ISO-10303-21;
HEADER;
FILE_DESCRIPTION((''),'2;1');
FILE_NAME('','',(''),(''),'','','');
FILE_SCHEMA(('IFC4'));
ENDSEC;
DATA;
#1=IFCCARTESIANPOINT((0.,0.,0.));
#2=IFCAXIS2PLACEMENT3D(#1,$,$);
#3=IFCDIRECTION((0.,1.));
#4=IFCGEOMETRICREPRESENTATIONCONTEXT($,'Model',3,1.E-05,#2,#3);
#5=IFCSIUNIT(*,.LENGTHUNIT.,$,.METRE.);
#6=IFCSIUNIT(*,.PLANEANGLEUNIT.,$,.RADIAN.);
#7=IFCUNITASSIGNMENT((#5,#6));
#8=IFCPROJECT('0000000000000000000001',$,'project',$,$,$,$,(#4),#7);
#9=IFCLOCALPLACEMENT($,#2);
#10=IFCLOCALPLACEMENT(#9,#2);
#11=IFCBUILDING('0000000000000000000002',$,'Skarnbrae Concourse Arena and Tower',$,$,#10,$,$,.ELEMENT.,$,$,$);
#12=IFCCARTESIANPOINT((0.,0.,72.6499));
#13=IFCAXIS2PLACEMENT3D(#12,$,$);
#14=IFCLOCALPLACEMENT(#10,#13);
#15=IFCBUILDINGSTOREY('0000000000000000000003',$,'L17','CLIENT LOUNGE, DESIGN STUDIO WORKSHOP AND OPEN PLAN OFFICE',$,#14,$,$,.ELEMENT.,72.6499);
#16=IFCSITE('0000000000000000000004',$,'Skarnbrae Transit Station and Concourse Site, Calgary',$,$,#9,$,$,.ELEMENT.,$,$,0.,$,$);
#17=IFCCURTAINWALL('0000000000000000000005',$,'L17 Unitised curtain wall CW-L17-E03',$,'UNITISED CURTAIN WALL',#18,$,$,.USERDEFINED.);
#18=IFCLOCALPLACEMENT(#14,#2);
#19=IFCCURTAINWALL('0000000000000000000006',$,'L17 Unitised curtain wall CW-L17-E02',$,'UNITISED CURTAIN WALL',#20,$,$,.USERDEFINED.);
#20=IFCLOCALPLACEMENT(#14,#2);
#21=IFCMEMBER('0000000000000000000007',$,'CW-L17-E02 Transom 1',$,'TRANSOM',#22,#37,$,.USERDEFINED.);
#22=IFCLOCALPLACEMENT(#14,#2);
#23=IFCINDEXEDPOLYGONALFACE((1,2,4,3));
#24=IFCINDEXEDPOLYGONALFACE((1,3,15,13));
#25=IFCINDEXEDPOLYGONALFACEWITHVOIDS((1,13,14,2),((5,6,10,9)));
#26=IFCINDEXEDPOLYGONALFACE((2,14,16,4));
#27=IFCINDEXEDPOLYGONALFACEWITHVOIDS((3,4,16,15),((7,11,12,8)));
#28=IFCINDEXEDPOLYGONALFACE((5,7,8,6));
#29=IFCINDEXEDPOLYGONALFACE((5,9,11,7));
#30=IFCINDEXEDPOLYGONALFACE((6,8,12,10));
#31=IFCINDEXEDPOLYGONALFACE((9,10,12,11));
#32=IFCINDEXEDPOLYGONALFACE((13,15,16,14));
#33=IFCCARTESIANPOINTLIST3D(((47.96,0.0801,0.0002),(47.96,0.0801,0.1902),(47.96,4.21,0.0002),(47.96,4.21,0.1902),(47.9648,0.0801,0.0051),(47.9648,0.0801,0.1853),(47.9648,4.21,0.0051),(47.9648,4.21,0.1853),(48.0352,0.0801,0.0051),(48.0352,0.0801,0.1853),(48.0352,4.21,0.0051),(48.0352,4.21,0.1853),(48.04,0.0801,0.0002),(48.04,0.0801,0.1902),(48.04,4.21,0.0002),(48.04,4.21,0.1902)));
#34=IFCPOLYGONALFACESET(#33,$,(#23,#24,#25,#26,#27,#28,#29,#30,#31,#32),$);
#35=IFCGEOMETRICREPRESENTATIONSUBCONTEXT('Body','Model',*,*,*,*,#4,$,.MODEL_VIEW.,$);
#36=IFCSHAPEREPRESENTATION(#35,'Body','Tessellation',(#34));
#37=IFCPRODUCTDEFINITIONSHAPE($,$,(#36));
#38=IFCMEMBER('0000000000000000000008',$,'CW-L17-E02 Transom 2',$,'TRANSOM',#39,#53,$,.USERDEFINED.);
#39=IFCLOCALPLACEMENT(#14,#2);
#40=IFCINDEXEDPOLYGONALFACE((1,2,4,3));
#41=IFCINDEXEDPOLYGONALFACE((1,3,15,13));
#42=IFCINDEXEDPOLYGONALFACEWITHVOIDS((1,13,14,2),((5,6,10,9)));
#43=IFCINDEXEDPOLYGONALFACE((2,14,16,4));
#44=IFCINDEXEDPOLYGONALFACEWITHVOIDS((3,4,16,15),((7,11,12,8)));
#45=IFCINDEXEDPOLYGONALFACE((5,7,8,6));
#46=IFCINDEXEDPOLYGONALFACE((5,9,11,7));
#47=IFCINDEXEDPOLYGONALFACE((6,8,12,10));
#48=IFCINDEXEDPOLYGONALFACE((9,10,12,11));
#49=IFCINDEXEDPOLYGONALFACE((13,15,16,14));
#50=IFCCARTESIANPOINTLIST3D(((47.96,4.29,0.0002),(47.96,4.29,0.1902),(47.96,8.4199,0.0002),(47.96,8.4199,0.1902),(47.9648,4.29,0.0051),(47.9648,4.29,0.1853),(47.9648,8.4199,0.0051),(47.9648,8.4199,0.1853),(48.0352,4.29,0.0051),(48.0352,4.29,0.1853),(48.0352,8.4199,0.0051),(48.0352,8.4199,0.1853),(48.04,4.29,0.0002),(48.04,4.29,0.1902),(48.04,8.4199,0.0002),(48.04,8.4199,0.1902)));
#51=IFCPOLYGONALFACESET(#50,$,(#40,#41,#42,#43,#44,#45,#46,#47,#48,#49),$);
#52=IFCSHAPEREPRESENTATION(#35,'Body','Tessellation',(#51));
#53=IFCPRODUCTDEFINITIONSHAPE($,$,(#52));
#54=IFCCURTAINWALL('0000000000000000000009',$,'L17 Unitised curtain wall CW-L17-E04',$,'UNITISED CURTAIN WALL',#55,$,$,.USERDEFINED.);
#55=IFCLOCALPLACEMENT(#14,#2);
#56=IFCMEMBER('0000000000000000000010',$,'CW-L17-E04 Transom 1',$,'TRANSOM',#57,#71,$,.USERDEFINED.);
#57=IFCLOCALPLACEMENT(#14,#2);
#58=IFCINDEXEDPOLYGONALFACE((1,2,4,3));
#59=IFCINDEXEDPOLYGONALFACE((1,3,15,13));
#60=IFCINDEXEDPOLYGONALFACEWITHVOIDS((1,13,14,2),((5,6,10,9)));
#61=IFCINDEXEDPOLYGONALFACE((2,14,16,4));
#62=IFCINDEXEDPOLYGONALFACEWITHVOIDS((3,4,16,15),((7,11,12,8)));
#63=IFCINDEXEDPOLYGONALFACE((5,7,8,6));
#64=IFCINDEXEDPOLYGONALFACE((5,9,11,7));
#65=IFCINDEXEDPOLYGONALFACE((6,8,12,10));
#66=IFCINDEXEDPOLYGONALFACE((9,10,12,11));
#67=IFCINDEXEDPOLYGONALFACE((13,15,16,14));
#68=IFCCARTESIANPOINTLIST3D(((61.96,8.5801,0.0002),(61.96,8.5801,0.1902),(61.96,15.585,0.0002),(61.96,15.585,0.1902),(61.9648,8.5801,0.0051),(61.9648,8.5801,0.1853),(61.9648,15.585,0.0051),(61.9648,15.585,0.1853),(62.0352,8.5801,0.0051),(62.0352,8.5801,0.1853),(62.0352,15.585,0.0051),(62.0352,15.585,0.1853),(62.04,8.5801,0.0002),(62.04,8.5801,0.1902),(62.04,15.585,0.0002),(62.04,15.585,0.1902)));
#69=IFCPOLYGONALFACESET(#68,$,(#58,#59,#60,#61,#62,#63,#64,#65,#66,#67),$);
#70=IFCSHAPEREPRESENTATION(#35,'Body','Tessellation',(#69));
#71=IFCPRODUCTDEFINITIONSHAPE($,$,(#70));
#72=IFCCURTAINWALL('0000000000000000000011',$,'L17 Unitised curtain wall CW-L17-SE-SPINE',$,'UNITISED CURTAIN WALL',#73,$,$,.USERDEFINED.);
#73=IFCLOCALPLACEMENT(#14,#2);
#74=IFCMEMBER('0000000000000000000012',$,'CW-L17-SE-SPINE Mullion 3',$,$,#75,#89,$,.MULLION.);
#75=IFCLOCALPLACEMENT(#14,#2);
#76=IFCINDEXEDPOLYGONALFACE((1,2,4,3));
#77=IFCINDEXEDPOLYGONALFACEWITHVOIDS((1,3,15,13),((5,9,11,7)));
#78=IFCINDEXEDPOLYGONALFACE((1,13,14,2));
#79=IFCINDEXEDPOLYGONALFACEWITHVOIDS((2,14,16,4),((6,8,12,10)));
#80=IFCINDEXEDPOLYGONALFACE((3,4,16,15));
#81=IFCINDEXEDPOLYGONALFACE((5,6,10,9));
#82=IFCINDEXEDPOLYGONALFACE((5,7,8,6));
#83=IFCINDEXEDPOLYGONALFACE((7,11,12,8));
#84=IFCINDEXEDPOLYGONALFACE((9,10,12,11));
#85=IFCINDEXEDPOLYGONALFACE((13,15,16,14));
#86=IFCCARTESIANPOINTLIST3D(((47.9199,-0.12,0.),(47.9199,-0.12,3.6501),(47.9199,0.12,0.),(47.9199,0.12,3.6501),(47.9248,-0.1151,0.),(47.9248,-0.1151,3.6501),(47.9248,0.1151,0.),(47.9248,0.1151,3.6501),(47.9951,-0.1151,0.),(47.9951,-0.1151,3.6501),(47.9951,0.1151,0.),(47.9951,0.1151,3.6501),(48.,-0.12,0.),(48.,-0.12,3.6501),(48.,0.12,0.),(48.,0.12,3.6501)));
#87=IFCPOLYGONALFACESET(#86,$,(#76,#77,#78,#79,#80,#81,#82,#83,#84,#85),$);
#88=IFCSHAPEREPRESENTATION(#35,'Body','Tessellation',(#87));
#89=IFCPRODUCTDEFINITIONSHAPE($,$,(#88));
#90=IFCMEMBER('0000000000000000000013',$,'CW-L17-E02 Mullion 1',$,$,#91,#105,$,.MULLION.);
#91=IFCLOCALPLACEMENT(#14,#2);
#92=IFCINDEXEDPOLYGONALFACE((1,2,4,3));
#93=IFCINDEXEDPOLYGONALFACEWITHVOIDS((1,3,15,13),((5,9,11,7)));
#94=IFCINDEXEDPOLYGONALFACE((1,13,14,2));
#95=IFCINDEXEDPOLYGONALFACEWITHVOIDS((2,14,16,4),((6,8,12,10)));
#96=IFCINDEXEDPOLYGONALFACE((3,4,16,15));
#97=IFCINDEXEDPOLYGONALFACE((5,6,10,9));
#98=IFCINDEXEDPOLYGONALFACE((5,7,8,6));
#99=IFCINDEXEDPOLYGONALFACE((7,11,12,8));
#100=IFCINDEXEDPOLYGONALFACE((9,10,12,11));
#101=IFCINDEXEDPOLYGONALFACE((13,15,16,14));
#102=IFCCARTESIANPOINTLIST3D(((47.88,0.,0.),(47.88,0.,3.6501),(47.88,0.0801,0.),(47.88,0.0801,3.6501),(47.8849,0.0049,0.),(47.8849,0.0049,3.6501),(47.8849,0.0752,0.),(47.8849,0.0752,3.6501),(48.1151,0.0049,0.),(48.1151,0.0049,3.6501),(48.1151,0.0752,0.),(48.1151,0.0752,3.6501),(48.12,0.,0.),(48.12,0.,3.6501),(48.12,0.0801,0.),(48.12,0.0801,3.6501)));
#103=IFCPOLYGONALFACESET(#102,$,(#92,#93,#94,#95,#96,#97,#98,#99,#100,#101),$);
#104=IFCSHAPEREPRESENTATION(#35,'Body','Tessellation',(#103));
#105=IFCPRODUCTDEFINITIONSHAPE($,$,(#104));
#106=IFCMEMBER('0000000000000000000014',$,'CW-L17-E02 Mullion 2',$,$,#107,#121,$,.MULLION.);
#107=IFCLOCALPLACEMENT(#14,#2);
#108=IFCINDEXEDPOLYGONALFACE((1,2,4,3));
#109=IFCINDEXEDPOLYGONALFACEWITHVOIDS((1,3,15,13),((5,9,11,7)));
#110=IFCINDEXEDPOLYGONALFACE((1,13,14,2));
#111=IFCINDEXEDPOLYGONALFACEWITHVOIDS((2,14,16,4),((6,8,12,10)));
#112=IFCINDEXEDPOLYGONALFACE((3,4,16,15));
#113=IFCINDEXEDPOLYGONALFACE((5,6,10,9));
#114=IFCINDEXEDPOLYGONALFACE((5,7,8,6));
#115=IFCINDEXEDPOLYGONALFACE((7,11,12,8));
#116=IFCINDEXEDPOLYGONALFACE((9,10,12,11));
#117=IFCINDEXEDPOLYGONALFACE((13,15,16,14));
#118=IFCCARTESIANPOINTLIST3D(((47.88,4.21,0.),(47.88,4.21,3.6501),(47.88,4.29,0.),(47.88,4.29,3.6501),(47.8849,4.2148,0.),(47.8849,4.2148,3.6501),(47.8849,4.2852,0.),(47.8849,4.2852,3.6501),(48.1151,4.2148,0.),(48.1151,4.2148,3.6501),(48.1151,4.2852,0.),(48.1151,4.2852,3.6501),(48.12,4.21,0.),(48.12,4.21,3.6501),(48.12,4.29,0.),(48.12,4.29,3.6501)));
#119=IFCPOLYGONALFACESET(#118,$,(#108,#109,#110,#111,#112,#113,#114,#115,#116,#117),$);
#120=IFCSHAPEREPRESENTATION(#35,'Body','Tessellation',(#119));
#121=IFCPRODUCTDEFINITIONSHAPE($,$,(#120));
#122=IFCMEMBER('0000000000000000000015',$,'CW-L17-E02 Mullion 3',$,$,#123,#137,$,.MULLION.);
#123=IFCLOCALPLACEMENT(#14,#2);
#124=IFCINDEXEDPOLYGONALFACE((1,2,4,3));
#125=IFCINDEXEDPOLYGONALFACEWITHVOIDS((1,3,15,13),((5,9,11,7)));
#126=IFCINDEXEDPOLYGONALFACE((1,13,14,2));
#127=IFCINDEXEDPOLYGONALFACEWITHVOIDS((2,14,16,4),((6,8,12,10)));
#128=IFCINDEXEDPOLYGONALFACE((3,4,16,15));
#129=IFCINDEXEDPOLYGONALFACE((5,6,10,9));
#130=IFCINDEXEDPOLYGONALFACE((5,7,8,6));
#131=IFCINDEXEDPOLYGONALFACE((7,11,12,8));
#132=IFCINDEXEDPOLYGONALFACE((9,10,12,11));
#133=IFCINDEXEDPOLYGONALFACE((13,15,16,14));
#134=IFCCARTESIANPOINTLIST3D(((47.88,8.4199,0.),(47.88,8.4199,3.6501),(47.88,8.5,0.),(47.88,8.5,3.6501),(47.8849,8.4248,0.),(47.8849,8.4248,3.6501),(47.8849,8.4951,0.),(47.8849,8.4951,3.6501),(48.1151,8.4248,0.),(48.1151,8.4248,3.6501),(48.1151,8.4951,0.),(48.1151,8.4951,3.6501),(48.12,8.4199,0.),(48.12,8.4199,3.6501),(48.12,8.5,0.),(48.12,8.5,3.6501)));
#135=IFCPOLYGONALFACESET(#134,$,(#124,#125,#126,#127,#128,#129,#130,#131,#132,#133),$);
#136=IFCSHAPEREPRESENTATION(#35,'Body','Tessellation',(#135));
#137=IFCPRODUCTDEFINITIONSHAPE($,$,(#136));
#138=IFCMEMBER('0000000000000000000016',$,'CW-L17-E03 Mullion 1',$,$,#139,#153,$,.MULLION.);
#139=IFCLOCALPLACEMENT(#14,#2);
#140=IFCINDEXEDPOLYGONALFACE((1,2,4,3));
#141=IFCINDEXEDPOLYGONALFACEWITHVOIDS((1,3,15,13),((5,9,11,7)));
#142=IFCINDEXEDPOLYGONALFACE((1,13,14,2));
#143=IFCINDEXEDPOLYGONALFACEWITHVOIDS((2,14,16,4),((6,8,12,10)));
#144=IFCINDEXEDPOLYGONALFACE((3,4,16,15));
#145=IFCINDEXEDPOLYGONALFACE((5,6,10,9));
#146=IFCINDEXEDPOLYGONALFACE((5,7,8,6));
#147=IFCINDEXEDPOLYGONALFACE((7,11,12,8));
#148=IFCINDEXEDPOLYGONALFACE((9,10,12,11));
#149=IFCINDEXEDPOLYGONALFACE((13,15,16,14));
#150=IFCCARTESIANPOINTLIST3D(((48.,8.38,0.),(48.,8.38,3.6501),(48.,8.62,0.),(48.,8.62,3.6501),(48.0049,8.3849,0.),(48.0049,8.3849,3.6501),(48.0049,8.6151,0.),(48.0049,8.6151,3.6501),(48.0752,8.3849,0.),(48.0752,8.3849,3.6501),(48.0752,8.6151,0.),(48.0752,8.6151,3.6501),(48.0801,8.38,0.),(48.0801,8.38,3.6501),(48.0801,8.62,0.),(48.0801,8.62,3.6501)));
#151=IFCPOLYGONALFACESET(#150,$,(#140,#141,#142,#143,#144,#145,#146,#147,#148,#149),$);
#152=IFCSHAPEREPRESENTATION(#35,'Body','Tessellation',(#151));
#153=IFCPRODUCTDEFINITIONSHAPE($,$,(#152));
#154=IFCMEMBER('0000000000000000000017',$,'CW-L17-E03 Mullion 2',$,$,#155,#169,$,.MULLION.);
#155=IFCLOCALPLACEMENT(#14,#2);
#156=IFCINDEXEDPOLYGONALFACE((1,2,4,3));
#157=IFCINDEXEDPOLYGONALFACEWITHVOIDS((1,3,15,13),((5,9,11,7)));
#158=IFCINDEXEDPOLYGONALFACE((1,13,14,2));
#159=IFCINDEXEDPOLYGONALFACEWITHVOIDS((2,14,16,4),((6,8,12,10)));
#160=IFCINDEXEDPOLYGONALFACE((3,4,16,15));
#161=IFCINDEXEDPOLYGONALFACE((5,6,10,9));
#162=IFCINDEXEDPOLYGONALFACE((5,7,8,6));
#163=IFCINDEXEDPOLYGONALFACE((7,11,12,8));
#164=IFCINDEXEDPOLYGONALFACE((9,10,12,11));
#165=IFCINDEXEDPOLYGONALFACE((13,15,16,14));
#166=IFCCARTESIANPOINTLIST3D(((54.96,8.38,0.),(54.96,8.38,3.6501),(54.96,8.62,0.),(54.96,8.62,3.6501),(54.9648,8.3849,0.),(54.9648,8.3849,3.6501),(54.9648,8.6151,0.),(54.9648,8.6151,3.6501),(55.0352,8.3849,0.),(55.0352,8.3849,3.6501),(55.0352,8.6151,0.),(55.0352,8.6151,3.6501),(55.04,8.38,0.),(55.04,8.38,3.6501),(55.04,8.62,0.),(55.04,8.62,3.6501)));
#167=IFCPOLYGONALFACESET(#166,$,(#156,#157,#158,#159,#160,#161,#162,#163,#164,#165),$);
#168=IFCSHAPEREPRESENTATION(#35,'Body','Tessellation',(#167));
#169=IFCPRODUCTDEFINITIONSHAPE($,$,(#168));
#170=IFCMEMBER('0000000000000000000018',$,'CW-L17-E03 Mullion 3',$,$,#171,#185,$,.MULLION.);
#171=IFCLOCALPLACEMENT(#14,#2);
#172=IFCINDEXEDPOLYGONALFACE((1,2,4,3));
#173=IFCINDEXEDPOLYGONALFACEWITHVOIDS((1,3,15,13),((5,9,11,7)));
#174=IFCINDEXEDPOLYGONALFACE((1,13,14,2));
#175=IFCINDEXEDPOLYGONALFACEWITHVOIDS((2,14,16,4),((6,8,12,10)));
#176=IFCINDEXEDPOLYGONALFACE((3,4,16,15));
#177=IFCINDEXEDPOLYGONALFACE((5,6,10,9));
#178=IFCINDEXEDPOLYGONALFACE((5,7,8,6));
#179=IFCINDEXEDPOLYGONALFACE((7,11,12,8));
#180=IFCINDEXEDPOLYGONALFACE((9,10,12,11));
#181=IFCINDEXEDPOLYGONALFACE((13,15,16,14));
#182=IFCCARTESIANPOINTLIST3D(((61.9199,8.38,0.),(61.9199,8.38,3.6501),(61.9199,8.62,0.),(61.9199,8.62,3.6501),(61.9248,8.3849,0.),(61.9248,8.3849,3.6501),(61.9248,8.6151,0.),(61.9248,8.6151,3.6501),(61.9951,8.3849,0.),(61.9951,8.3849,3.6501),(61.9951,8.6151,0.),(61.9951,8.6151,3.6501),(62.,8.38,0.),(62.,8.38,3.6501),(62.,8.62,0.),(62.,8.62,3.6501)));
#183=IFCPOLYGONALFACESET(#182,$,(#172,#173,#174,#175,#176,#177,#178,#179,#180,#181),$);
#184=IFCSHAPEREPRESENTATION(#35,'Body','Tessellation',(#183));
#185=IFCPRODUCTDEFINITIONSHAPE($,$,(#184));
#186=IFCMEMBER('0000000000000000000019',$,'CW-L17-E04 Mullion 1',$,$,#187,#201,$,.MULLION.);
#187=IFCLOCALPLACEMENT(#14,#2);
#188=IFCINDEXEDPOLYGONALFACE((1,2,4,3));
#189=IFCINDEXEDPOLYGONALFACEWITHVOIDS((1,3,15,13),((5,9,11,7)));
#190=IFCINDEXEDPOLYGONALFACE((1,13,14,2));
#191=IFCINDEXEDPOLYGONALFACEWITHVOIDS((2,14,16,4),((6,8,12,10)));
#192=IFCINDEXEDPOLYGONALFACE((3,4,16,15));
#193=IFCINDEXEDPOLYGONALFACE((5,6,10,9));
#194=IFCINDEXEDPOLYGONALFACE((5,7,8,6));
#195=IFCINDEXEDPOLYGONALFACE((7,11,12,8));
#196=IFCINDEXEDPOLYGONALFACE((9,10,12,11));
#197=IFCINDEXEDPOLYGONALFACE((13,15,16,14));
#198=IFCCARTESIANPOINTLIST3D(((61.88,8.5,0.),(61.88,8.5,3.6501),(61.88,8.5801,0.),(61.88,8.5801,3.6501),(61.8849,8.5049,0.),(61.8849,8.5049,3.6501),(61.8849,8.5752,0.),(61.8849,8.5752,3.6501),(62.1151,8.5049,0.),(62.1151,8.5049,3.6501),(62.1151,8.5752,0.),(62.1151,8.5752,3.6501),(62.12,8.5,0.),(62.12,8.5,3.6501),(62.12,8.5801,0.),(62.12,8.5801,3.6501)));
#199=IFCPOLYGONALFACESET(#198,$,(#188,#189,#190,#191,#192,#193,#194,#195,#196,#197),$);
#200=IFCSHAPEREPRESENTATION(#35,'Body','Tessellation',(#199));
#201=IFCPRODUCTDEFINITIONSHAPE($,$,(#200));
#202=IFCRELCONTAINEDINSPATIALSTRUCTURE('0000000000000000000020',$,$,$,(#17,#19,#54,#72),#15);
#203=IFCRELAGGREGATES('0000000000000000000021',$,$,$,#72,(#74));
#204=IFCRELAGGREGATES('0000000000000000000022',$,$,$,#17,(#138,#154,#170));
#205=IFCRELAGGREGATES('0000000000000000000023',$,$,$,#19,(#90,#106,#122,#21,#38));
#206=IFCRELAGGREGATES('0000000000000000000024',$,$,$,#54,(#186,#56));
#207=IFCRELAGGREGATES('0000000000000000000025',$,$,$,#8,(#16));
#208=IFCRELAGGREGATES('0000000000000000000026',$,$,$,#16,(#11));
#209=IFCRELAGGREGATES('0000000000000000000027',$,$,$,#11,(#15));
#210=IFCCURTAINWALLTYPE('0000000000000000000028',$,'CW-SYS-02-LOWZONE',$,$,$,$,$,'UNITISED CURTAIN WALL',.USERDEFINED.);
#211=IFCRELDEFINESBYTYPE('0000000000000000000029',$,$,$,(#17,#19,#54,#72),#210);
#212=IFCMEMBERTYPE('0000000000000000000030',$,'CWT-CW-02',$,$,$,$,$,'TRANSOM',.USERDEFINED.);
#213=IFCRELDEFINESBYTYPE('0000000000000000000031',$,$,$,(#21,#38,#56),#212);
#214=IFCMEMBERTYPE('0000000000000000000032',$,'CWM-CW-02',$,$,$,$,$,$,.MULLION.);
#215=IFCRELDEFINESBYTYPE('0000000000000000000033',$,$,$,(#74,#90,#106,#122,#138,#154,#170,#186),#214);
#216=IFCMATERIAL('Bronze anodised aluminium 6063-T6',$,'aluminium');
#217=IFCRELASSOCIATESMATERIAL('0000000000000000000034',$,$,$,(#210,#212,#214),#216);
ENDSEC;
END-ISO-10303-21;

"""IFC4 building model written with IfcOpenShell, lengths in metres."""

from ifc_helpers import new_model, si_unit, direction, frame, origin, origin_2d, place, context, subcontext, project, spatial, hollow_rectangle, extrude, source, transform, mapped, material, material_profile, profile_set, type_object, element, aggregate, save


model = new_model("IFC4")

# Units and contexts
model_context = context("Model", 3, precision=1e-05, world=origin(), true_north=direction((0.0, 1.0)))
body_context = subcontext(model_context, "Body", "Model", "MODEL_VIEW")
ifc_project = project(units=[si_unit("LENGTHUNIT", "METRE"), si_unit("PLANEANGLEUNIT", "RADIAN")], contexts=[model_context])

# Site, building, storey
site_placement = place(None, origin())
site = spatial("IfcSite", under=ifc_project, at=site_placement, Name="Skarnbrae Transit Station and Concourse Site, Calgary", CompositionType="ELEMENT", RefElevation=0.0)
building_placement = place(site_placement, origin())
building = spatial("IfcBuilding", under=site, at=building_placement, Name="Skarnbrae Concourse Arena and Tower", CompositionType="ELEMENT")
storey_placement = place(building_placement, frame((0.0, 0.0, 72.6499)))
storey = spatial("IfcBuildingStorey", under=building, at=storey_placement, Name="L17", Description="CLIENT LOUNGE, DESIGN STUDIO WORKSHOP AND OPEN PLAN OFFICE", CompositionType="ELEMENT", Elevation=72.6499)

# Curtain walls, members
ifc_material_1 = material(Name="Bronze anodised aluminium 6063-T6", Category="aluminium")
curtain_wall_type = type_object("IfcCurtainWallType", Name="CW-SYS-02-LOWZONE", ElementType="UNITISED CURTAIN WALL", PredefinedType="USERDEFINED", material=ifc_material_1)
curtain_wall_1_placement = place(storey_placement, origin())
curtain_wall_1 = element("IfcCurtainWall", 1, at=curtain_wall_1_placement, inside=storey, type_object=curtain_wall_type, Name="L17 Unitised curtain wall CW-L17-E03", ObjectType="UNITISED CURTAIN WALL", PredefinedType="USERDEFINED")
ifc_material_profile_1 = material_profile(ifc_material_1, hollow_rectangle(XDim=0.0801, YDim=0.1899, WallThickness=0.0049, at=origin_2d()), Name="ALU-TRAN-80X190")
ifc_profile_set_1 = profile_set([ifc_material_profile_1], Name="Bronze anodised aluminium 6063-T6")
member_type_1 = type_object("IfcMemberType", Name="CWT-CW-02", ElementType="TRANSOM", PredefinedType="USERDEFINED", material=ifc_profile_set_1)
curtain_wall_2_placement = place(storey_placement, origin())
curtain_wall_2 = element("IfcCurtainWall", 2, at=curtain_wall_2_placement, inside=storey, type_object=curtain_wall_type, Name="L17 Unitised curtain wall CW-L17-E02", ObjectType="UNITISED CURTAIN WALL", PredefinedType="USERDEFINED")
shared_shape_1 = source(origin(), body_context, "Body", "SweptSolid", [
    extrude(hollow_rectangle(XDim=0.0801, YDim=0.1899, WallThickness=0.0049, at=origin_2d()), origin(), (0.0, 0.0, 1.0), 4.1299),
])
member_1_placement = place(storey_placement, frame((48.0, 0.0801, 0.0952), z_axis=(0.0, 1.0, 0.0), x_axis=(-1.0, 0.0, 0.0)))
member_1 = element("IfcMember", 3, at=member_1_placement, type_object=member_type_1, Name="CW-L17-E02 Transom 1", ObjectType="TRANSOM", PredefinedType="USERDEFINED", context=body_context, shape_type="MappedRepresentation", body=[
    mapped(shared_shape_1, transform((0.0, 0.0, 0.0))),
])
member_2_placement = place(storey_placement, frame((48.0, 4.29, 0.0952), z_axis=(0.0, 1.0, 0.0), x_axis=(-1.0, 0.0, 0.0)))
member_2 = element("IfcMember", 4, at=member_2_placement, type_object=member_type_1, Name="CW-L17-E02 Transom 2", ObjectType="TRANSOM", PredefinedType="USERDEFINED", context=body_context, shape_type="MappedRepresentation", body=[
    mapped(shared_shape_1, transform((0.0, 0.0, 0.0))),
])

# Curtain walls, members
curtain_wall_3_placement = place(storey_placement, origin())
curtain_wall_3 = element("IfcCurtainWall", 5, at=curtain_wall_3_placement, inside=storey, type_object=curtain_wall_type, Name="L17 Unitised curtain wall CW-L17-E04", ObjectType="UNITISED CURTAIN WALL", PredefinedType="USERDEFINED")
shared_shape_2 = source(origin(), body_context, "Body", "SweptSolid", [
    extrude(hollow_rectangle(XDim=0.0801, YDim=0.1899, WallThickness=0.0049, at=origin_2d()), origin(), (0.0, 0.0, 1.0), 7.0049),
])
member_3_placement = place(storey_placement, frame((62.0, 8.5801, 0.0952), z_axis=(0.0, 1.0, 0.0), x_axis=(-1.0, 0.0, 0.0)))
member_3 = element("IfcMember", 6, at=member_3_placement, type_object=member_type_1, Name="CW-L17-E04 Transom 1", ObjectType="TRANSOM", PredefinedType="USERDEFINED", context=body_context, shape_type="MappedRepresentation", body=[
    mapped(shared_shape_2, transform((0.0, 0.0, 0.0))),
])
curtain_wall_4_placement = place(storey_placement, origin())
curtain_wall_4 = element("IfcCurtainWall", 7, at=curtain_wall_4_placement, inside=storey, type_object=curtain_wall_type, Name="L17 Unitised curtain wall CW-L17-SE-SPINE", ObjectType="UNITISED CURTAIN WALL", PredefinedType="USERDEFINED")
ifc_material_profile_2 = material_profile(ifc_material_1, hollow_rectangle(XDim=0.0801, YDim=0.24, WallThickness=0.0049, at=origin_2d()), Name="ALU-MULL-80X240")
ifc_profile_set_2 = profile_set([ifc_material_profile_2], Name="Bronze anodised aluminium 6063-T6")
member_type_2 = type_object("IfcMemberType", Name="CWM-CW-02", PredefinedType="MULLION", material=ifc_profile_set_2)
shared_shape_3 = source(origin(), body_context, "Body", "SweptSolid", [
    extrude(hollow_rectangle(XDim=0.0801, YDim=0.24, WallThickness=0.0049, at=origin_2d()), origin(), (0.0, 0.0, 1.0), 3.6501),
])
member_4_placement = place(storey_placement, frame((47.96, 0.0, 0.0), z_axis=(0.0, 0.0, 1.0), x_axis=(1.0, 0.0, 0.0)))
member_4 = element("IfcMember", 8, at=member_4_placement, type_object=member_type_2, Name="CW-L17-SE-SPINE Mullion 3", PredefinedType="MULLION", context=body_context, shape_type="MappedRepresentation", body=[
    mapped(shared_shape_3, transform((0.0, 0.0, 0.0))),
])
aggregate(curtain_wall_4, [member_4])

# Members
member_5_placement = place(storey_placement, frame((48.0, 0.04, 0.0), z_axis=(0.0, 0.0, 1.0), x_axis=(0.0, 1.0, 0.0)))
member_5 = element("IfcMember", 9, at=member_5_placement, type_object=member_type_2, Name="CW-L17-E02 Mullion 1", PredefinedType="MULLION", context=body_context, shape_type="MappedRepresentation", body=[
    mapped(shared_shape_3, transform((0.0, 0.0, 0.0))),
])
member_6_placement = place(storey_placement, frame((48.0, 4.25, 0.0), z_axis=(0.0, 0.0, 1.0), x_axis=(0.0, 1.0, 0.0)))
member_6 = element("IfcMember", 10, at=member_6_placement, type_object=member_type_2, Name="CW-L17-E02 Mullion 2", PredefinedType="MULLION", context=body_context, shape_type="MappedRepresentation", body=[
    mapped(shared_shape_3, transform((0.0, 0.0, 0.0))),
])
member_7_placement = place(storey_placement, frame((48.0, 8.46, 0.0), z_axis=(0.0, 0.0, 1.0), x_axis=(0.0, 1.0, 0.0)))
member_7 = element("IfcMember", 11, at=member_7_placement, type_object=member_type_2, Name="CW-L17-E02 Mullion 3", PredefinedType="MULLION", context=body_context, shape_type="MappedRepresentation", body=[
    mapped(shared_shape_3, transform((0.0, 0.0, 0.0))),
])
member_8_placement = place(storey_placement, frame((48.04, 8.5, 0.0), z_axis=(0.0, 0.0, 1.0), x_axis=(1.0, 0.0, 0.0)))
member_8 = element("IfcMember", 12, at=member_8_placement, type_object=member_type_2, Name="CW-L17-E03 Mullion 1", PredefinedType="MULLION", context=body_context, shape_type="MappedRepresentation", body=[
    mapped(shared_shape_3, transform((0.0, 0.0, 0.0))),
])
member_9_placement = place(storey_placement, frame((55.0, 8.5, 0.0), z_axis=(0.0, 0.0, 1.0), x_axis=(1.0, 0.0, 0.0)))
member_9 = element("IfcMember", 13, at=member_9_placement, type_object=member_type_2, Name="CW-L17-E03 Mullion 2", PredefinedType="MULLION", context=body_context, shape_type="MappedRepresentation", body=[
    mapped(shared_shape_3, transform((0.0, 0.0, 0.0))),
])
member_10_placement = place(storey_placement, frame((61.96, 8.5, 0.0), z_axis=(0.0, 0.0, 1.0), x_axis=(1.0, 0.0, 0.0)))
member_10 = element("IfcMember", 14, at=member_10_placement, type_object=member_type_2, Name="CW-L17-E03 Mullion 3", PredefinedType="MULLION", context=body_context, shape_type="MappedRepresentation", body=[
    mapped(shared_shape_3, transform((0.0, 0.0, 0.0))),
])
member_11_placement = place(storey_placement, frame((62.0, 8.54, 0.0), z_axis=(0.0, 0.0, 1.0), x_axis=(0.0, 1.0, 0.0)))
member_11 = element("IfcMember", 15, at=member_11_placement, type_object=member_type_2, Name="CW-L17-E04 Mullion 1", PredefinedType="MULLION", context=body_context, shape_type="MappedRepresentation", body=[
    mapped(shared_shape_3, transform((0.0, 0.0, 0.0))),
])

aggregate(curtain_wall_1, [member_8, member_9, member_10])
aggregate(curtain_wall_2, [member_5, member_6, member_7, member_1, member_2])
aggregate(curtain_wall_3, [member_11, member_3])

save(model, "model.ifc")
